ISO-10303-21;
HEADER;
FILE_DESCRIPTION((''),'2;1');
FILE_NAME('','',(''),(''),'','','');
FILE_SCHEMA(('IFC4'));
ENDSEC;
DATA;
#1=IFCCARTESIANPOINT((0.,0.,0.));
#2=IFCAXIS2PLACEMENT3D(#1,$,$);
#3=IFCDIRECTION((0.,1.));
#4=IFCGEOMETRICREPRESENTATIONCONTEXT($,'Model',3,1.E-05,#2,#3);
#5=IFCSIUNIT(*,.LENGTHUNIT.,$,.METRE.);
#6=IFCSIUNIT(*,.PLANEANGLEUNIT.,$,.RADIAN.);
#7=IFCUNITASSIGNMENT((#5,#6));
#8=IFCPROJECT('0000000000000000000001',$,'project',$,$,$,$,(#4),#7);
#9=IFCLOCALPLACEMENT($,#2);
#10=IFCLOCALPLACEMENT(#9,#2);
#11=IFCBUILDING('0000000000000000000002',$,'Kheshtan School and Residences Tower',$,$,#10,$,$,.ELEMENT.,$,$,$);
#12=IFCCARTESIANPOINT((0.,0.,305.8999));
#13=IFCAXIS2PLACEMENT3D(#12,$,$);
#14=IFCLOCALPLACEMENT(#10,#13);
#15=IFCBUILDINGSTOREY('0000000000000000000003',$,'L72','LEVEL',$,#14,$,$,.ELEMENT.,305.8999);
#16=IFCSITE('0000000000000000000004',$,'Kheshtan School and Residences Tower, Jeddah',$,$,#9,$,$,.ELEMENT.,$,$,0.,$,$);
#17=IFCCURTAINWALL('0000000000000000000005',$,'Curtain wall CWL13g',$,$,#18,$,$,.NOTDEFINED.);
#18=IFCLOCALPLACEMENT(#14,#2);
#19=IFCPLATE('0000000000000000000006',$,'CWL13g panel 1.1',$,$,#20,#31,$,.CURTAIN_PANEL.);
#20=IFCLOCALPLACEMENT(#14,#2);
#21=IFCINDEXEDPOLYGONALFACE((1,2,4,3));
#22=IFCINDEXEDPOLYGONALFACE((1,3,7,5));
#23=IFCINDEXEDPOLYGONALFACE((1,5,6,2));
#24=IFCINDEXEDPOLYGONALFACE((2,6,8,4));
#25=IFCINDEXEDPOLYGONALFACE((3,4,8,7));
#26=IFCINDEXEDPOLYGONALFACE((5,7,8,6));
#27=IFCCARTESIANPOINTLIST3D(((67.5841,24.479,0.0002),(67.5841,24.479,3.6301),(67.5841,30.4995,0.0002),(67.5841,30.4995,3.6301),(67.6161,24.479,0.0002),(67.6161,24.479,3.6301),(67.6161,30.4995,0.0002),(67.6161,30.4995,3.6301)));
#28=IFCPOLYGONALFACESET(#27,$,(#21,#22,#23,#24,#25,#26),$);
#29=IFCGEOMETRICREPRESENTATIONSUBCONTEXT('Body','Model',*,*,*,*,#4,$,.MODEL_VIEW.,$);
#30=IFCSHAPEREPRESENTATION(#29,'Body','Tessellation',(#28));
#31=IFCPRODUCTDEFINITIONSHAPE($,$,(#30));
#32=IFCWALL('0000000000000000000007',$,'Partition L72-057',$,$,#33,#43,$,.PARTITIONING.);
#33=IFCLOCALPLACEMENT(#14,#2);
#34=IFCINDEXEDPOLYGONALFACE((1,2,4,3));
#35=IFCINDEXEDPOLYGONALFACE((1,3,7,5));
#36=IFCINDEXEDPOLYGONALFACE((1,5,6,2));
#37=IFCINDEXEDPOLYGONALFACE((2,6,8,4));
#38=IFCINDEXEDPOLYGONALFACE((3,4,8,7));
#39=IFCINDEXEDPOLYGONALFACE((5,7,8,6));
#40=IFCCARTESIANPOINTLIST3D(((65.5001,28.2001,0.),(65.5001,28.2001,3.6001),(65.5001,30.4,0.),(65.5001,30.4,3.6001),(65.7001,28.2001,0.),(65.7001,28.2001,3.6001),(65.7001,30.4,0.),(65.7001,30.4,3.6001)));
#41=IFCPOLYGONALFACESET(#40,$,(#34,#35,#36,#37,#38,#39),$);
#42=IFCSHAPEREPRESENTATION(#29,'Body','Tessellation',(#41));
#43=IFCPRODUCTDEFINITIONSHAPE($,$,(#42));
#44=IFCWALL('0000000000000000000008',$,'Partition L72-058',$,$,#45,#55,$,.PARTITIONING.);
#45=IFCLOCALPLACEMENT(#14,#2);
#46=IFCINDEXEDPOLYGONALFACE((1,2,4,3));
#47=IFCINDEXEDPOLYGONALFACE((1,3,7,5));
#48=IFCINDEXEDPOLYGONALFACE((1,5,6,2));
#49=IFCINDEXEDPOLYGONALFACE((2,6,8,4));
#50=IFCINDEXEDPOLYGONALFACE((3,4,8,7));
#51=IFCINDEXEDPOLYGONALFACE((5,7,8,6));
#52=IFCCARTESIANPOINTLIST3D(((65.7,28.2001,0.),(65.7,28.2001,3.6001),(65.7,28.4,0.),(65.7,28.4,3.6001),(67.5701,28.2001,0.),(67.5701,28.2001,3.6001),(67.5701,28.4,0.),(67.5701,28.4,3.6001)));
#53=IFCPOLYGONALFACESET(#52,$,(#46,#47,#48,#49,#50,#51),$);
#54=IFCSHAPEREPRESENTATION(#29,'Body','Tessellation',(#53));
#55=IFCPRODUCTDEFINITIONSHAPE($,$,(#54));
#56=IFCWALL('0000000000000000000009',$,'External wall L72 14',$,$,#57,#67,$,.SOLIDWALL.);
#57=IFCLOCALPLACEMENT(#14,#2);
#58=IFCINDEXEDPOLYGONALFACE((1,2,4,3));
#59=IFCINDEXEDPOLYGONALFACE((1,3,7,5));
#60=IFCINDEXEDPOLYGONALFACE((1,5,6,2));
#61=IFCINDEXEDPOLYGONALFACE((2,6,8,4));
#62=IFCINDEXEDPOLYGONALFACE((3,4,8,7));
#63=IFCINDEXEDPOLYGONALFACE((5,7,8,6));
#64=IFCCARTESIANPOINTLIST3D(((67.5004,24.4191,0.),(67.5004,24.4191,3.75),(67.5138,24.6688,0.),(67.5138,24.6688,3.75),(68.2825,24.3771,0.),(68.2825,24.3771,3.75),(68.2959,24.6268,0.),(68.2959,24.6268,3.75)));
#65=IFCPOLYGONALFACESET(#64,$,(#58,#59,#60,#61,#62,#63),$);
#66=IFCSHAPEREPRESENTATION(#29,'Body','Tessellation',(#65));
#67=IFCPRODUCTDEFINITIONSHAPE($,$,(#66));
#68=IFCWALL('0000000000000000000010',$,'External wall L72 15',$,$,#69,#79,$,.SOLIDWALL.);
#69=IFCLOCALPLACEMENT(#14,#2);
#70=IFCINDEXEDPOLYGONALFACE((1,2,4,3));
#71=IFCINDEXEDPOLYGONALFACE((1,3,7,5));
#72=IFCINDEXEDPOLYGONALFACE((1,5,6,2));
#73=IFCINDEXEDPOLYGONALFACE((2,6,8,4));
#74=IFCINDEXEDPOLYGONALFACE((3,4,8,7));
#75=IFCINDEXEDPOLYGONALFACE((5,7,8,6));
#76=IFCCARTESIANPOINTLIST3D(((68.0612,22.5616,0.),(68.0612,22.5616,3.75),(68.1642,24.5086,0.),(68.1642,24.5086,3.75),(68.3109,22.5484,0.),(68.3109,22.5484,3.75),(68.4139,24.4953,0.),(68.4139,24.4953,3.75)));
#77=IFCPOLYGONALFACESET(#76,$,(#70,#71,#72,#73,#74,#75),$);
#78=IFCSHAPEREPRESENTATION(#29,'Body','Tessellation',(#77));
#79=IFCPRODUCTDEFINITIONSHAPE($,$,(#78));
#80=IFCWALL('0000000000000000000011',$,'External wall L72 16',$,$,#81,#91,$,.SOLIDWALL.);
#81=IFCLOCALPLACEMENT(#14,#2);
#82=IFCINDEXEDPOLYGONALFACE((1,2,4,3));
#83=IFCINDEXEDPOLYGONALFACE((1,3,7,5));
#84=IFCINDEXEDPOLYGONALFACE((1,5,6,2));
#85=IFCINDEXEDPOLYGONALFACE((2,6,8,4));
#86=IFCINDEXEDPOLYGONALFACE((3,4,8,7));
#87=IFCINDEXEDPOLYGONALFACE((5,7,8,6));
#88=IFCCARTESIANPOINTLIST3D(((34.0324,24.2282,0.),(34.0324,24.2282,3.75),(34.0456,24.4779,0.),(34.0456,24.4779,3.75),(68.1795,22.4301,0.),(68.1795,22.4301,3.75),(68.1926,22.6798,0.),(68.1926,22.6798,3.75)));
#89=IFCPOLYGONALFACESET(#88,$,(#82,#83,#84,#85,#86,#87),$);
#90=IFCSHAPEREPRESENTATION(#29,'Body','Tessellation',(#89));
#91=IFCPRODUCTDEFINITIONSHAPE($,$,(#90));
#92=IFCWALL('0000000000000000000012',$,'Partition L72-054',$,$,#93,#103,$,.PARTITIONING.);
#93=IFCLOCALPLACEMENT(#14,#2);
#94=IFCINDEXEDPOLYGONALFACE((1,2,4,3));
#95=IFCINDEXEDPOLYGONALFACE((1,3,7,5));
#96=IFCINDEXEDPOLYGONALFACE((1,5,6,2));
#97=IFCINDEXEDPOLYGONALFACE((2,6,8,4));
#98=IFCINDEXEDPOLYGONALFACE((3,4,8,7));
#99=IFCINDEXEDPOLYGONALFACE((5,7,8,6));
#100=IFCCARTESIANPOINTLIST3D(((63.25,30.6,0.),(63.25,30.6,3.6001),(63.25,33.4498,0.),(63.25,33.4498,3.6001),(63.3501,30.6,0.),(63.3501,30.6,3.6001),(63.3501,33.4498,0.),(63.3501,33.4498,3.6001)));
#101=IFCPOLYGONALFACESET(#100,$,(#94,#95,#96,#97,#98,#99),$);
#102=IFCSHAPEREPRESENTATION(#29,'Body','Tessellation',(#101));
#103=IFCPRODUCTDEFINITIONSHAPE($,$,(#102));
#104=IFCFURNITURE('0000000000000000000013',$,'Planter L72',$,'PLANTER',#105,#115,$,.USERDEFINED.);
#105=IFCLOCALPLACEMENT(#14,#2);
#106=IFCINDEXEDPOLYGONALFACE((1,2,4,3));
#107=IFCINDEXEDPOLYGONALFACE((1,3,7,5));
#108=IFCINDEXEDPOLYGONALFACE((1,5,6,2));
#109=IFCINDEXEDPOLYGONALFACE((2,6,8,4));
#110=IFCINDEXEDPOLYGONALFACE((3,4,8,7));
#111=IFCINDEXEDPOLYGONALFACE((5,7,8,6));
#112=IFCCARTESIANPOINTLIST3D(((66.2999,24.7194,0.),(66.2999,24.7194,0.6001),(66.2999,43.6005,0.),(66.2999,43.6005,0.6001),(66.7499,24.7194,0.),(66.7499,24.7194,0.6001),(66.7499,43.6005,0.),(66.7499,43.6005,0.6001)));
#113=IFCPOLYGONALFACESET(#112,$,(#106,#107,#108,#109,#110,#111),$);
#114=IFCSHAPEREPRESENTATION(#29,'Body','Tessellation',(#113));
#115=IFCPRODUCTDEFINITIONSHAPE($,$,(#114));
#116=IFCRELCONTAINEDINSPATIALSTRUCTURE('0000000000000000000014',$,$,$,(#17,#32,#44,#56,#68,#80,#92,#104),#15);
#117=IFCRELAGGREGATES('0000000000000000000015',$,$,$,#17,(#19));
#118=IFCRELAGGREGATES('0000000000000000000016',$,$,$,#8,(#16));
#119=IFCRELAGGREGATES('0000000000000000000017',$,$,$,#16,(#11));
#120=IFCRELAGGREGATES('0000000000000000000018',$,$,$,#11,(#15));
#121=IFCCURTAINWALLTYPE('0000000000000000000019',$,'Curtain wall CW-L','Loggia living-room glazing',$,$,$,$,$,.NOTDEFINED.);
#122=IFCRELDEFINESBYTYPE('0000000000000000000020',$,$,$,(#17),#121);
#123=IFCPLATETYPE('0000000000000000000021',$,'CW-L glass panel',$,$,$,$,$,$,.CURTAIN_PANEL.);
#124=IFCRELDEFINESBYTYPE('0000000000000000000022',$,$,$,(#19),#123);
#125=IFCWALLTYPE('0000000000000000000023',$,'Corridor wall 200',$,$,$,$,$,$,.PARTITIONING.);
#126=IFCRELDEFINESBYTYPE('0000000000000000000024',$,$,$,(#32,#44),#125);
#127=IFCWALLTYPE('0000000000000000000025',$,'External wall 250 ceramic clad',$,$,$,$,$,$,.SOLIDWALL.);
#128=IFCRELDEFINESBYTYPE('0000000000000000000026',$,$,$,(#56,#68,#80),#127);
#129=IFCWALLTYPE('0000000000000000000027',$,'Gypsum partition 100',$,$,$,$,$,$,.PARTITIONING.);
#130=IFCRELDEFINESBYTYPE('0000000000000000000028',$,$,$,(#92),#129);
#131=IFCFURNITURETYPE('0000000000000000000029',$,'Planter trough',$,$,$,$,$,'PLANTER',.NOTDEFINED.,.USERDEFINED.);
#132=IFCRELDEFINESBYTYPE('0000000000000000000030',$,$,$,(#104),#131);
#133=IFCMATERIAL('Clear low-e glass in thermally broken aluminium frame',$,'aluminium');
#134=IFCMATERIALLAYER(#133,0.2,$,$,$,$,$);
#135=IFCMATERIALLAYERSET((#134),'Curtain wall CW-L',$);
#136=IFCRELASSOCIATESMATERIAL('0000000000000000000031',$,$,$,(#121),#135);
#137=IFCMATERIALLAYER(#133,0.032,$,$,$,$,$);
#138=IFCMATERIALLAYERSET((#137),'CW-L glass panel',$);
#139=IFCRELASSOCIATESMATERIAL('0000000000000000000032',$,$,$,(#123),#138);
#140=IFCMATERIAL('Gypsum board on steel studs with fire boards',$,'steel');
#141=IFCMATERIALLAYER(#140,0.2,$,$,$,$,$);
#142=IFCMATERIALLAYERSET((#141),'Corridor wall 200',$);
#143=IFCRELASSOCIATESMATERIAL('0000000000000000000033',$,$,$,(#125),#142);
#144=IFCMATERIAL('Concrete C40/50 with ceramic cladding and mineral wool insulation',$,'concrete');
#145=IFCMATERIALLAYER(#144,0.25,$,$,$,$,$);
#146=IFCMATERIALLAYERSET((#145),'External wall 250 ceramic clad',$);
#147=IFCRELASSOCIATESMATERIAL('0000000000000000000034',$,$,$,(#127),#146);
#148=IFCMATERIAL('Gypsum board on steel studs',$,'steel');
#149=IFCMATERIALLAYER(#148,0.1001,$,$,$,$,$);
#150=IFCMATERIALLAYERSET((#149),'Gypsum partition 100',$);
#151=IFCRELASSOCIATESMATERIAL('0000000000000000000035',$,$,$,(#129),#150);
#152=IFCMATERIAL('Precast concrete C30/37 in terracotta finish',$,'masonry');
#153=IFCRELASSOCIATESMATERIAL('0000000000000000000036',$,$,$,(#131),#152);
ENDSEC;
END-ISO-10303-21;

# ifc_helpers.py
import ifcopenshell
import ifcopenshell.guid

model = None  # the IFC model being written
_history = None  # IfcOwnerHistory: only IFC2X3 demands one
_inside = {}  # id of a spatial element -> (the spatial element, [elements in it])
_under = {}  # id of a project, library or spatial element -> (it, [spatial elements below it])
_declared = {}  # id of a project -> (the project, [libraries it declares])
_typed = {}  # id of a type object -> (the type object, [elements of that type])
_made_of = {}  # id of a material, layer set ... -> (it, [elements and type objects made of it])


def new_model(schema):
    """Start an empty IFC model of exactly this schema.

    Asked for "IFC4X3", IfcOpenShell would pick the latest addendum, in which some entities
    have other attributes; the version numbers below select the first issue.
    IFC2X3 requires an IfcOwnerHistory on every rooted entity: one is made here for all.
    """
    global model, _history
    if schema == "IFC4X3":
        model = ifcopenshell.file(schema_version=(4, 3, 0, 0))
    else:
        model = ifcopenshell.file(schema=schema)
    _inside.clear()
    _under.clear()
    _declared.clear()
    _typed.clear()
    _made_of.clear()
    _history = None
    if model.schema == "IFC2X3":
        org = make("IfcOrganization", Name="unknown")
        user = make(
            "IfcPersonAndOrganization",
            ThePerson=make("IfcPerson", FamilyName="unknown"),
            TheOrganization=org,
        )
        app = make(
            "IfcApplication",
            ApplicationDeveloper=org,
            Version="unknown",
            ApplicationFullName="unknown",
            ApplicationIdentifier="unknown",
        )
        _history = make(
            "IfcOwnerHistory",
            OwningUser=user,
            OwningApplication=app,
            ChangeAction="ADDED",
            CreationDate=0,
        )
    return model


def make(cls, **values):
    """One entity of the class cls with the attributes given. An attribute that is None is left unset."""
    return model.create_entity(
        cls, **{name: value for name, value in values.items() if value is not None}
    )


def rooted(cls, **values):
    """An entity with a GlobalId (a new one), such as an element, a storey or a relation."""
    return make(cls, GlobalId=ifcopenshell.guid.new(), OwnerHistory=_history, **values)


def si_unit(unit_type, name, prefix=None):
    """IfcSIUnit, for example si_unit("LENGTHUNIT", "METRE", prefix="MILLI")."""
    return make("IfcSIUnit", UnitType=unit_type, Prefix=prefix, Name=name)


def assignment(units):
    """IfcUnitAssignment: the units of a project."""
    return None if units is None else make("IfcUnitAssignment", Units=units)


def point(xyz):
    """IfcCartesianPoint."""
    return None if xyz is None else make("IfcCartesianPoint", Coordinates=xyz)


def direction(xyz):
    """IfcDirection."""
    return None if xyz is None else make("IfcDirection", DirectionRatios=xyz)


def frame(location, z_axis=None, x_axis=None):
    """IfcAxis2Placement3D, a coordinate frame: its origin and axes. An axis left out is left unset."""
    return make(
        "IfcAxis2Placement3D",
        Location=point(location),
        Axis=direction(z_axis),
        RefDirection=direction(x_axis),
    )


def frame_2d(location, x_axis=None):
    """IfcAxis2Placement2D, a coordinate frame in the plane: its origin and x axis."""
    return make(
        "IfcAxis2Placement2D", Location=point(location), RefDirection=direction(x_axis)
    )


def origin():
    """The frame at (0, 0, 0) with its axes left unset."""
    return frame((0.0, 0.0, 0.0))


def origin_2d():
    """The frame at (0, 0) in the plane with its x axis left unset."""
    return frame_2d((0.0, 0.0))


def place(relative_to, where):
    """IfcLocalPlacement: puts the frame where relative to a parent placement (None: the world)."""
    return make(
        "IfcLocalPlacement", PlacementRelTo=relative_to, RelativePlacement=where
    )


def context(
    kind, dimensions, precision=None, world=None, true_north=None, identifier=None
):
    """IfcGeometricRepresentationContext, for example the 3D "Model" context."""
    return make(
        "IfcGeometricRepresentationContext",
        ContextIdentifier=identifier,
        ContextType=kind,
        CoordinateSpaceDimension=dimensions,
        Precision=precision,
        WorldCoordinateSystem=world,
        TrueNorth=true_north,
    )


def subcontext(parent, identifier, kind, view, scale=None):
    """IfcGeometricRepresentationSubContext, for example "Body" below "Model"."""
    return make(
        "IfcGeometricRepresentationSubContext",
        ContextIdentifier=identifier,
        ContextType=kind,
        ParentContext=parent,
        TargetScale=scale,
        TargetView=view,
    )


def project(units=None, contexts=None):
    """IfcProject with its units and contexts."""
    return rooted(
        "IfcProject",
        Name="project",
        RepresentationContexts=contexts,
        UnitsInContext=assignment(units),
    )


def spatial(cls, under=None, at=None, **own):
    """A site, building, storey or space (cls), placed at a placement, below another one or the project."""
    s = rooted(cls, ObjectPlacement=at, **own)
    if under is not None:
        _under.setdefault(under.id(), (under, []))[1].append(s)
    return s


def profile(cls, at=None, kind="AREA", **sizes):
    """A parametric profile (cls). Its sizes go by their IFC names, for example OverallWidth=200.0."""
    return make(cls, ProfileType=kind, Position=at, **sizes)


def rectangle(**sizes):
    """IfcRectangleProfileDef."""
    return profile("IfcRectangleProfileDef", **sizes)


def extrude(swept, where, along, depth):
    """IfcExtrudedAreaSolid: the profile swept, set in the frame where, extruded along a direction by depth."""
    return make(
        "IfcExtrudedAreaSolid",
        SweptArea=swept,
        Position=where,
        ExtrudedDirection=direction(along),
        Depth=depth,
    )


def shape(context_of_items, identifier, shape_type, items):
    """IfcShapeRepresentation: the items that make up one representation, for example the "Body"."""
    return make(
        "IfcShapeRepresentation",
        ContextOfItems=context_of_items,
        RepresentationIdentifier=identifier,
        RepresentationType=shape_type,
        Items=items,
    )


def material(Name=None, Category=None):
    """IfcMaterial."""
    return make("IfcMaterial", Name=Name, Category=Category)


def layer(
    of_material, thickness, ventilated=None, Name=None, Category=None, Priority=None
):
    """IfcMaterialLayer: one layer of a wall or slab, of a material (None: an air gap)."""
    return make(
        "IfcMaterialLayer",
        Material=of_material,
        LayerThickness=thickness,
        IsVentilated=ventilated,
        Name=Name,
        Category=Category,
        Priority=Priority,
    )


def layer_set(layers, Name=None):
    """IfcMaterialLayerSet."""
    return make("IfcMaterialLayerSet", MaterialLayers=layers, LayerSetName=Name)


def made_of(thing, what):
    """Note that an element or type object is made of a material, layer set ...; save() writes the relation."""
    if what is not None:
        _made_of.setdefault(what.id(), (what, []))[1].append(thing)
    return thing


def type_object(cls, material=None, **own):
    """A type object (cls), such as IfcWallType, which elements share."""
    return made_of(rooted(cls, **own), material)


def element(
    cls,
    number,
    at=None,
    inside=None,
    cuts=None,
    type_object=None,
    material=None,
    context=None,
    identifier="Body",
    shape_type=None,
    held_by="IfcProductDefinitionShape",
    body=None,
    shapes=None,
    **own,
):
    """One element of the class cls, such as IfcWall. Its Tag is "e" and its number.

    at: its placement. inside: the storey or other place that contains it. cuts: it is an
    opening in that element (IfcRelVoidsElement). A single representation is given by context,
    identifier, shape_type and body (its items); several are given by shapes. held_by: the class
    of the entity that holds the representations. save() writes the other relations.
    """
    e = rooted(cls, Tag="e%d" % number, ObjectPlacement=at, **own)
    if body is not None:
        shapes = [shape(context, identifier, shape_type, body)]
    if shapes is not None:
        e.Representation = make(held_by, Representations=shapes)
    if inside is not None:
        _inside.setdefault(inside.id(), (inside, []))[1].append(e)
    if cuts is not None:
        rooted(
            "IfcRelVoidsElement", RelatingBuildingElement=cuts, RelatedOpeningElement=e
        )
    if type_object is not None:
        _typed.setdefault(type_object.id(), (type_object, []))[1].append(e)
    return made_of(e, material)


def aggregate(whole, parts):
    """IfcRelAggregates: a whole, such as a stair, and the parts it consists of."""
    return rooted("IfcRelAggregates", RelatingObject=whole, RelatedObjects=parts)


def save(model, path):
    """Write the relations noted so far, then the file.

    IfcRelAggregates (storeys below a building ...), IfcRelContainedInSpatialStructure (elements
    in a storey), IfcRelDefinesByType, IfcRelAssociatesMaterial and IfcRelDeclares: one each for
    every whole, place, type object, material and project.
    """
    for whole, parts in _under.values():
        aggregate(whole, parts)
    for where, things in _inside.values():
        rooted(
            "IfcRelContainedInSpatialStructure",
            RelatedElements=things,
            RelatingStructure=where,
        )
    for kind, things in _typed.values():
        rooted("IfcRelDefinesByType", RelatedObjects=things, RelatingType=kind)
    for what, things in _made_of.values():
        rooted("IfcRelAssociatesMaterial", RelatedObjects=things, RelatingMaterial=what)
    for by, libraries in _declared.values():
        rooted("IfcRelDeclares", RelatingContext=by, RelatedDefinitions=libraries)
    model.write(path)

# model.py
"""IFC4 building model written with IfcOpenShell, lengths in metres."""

from ifc_helpers import new_model, si_unit, direction, frame, frame_2d, origin, origin_2d, place, context, subcontext, project, spatial, rectangle, extrude, material, layer, layer_set, type_object, element, aggregate, save


model = new_model("IFC4")

# Units and contexts
model_context = context("Model", 3, precision=1e-05, world=origin(), true_north=direction((0.0, 1.0)))
body_context = subcontext(model_context, "Body", "Model", "MODEL_VIEW")
ifc_project = project(units=[si_unit("LENGTHUNIT", "METRE"), si_unit("PLANEANGLEUNIT", "RADIAN")], contexts=[model_context])

# Site, building, storey
site_placement = place(None, origin())
site = spatial("IfcSite", under=ifc_project, at=site_placement, Name="Kheshtan School and Residences Tower, Jeddah", CompositionType="ELEMENT", RefElevation=0.0)
building_placement = place(site_placement, origin())
building = spatial("IfcBuilding", under=site, at=building_placement, Name="Kheshtan School and Residences Tower", CompositionType="ELEMENT")
storey_placement = place(building_placement, frame((0.0, 0.0, 305.8999)))
storey = spatial("IfcBuildingStorey", under=building, at=storey_placement, Name="L72", Description="LEVEL", CompositionType="ELEMENT", Elevation=305.8999)

# Shared definitions
ifc_material_1 = material(Name="Clear low-e glass in thermally broken aluminium frame", Category="aluminium")
ifc_layer_1 = layer(ifc_material_1, 0.2)
ifc_layer_set_1 = layer_set([ifc_layer_1], Name="Curtain wall CW-L")
curtain_wall_type = type_object("IfcCurtainWallType", Name="Curtain wall CW-L", Description="Loggia living-room glazing", PredefinedType="NOTDEFINED", material=ifc_layer_set_1)

# Curtain wall
curtain_wall_1_placement = place(storey_placement, origin())
curtain_wall_1 = element("IfcCurtainWall", 1, at=curtain_wall_1_placement, inside=storey, type_object=curtain_wall_type, Name="Curtain wall CWL13g", PredefinedType="NOTDEFINED")

# Plate
ifc_layer_2 = layer(ifc_material_1, 0.032)
ifc_layer_set_2 = layer_set([ifc_layer_2], Name="CW-L glass panel")
plate_type = type_object("IfcPlateType", Name="CW-L glass panel", PredefinedType="CURTAIN_PANEL", material=ifc_layer_set_2)
plate_1_placement = place(storey_placement, frame((67.6001, 27.4893, 0.0002), z_axis=(0.0, 0.0, 1.0), x_axis=(0.0, -1.0, 0.0)))
plate_1 = element("IfcPlate", 2, at=plate_1_placement, type_object=plate_type, Name="CWL13g panel 1.1", PredefinedType="CURTAIN_PANEL", context=body_context, shape_type="SweptSolid", body=[
    extrude(rectangle(XDim=6.0205, YDim=0.032, at=origin_2d()), origin(), (0.0, 0.0, 1.0), 3.6299),
])
aggregate(curtain_wall_1, [plate_1])

# Walls
ifc_material_2 = material(Name="Gypsum board on steel studs with fire boards", Category="steel")
ifc_layer_3 = layer(ifc_material_2, 0.2)
ifc_layer_set_3 = layer_set([ifc_layer_3], Name="Corridor wall 200")
wall_type_1 = type_object("IfcWallType", Name="Corridor wall 200", PredefinedType="PARTITIONING", material=ifc_layer_set_3)
wall_1_placement = place(storey_placement, frame((65.6001, 28.2, 0.0), z_axis=(0.0, 0.0, 1.0), x_axis=(0.0, 1.0, 0.0)))
element("IfcWall", 3, at=wall_1_placement, inside=storey, type_object=wall_type_1, Name="Partition L72-057", PredefinedType="PARTITIONING", context=body_context, shape_type="SweptSolid", body=[
    extrude(rectangle(XDim=2.2, YDim=0.2, at=frame_2d((1.1001, 0.0))), origin(), (0.0, 0.0, 1.0), 3.6001),
])
wall_2_placement = place(storey_placement, frame((65.7, 28.3, 0.0), z_axis=(0.0, 0.0, 1.0), x_axis=(1.0, 0.0, 0.0)))
element("IfcWall", 4, at=wall_2_placement, inside=storey, type_object=wall_type_1, Name="Partition L72-058", PredefinedType="PARTITIONING", context=body_context, shape_type="SweptSolid", body=[
    extrude(rectangle(XDim=1.8701, YDim=0.2, at=frame_2d((0.9351, 0.0))), origin(), (0.0, 0.0, 1.0), 3.6001),
])
ifc_material_3 = material(Name="Concrete C40/50 with ceramic cladding and mineral wool insulation", Category="concrete")
ifc_layer_4 = layer(ifc_material_3, 0.25)
ifc_layer_set_4 = layer_set([ifc_layer_4], Name="External wall 250 ceramic clad")
wall_type_2 = type_object("IfcWallType", Name="External wall 250 ceramic clad", PredefinedType="SOLIDWALL", material=ifc_layer_set_4)
wall_3_placement = place(storey_placement, frame((67.5071, 24.5439, 0.0), z_axis=(0.0, 0.0, 1.0), x_axis=(0.998561, -0.053622, 0.0)))
element("IfcWall", 5, at=wall_3_placement, inside=storey, type_object=wall_type_2, Name="External wall L72 14", PredefinedType="SOLIDWALL", context=body_context, shape_type="SweptSolid", body=[
    extrude(rectangle(XDim=0.7832, YDim=0.25, at=frame_2d((0.3916, 0.0))), origin(), (0.0, 0.0, 1.0), 3.75),
])
wall_4_placement = place(storey_placement, frame((68.2891, 24.502, 0.0), z_axis=(0.0, 0.0, 1.0), x_axis=(-0.052841, -0.998603, 0.0)))
element("IfcWall", 6, at=wall_4_placement, inside=storey, type_object=wall_type_2, Name="External wall L72 15", PredefinedType="SOLIDWALL", context=body_context, shape_type="SweptSolid", body=[
    extrude(rectangle(XDim=1.9497, YDim=0.25, at=frame_2d((0.9749, 0.0))), origin(), (0.0, 0.0, 1.0), 3.75),
])
wall_5_placement = place(storey_placement, frame((68.186, 22.5549, 0.0), z_axis=(0.0, 0.0, 1.0), x_axis=(-0.998616, 0.052585, 0.0)))
element("IfcWall", 7, at=wall_5_placement, inside=storey, type_object=wall_type_2, Name="External wall L72 16", PredefinedType="SOLIDWALL", context=body_context, shape_type="SweptSolid", body=[
    extrude(rectangle(XDim=34.1943, YDim=0.25, at=frame_2d((17.0972, 0.0))), origin(), (0.0, 0.0, 1.0), 3.75),
])

# Wall
ifc_material_4 = material(Name="Gypsum board on steel studs", Category="steel")
ifc_layer_5 = layer(ifc_material_4, 0.1001)
ifc_layer_set_5 = layer_set([ifc_layer_5], Name="Gypsum partition 100")
wall_type_3 = type_object("IfcWallType", Name="Gypsum partition 100", PredefinedType="PARTITIONING", material=ifc_layer_set_5)
wall_6_placement = place(storey_placement, frame((63.3, 30.6001, 0.0), z_axis=(0.0, 0.0, 1.0), x_axis=(0.0, 1.0, 0.0)))
element("IfcWall", 8, at=wall_6_placement, inside=storey, type_object=wall_type_3, Name="Partition L72-054", PredefinedType="PARTITIONING", context=body_context, shape_type="SweptSolid", body=[
    extrude(rectangle(XDim=2.8499, YDim=0.1001, at=frame_2d((1.4248, 0.0))), origin(), (0.0, 0.0, 1.0), 3.6001),
])

# Furniture
ifc_material_5 = material(Name="Precast concrete C30/37 in terracotta finish", Category="masonry")
furniture_type = type_object("IfcFurnitureType", Name="Planter trough", ElementType="PLANTER", AssemblyPlace="NOTDEFINED", PredefinedType="USERDEFINED", material=ifc_material_5)
furniture_placement = place(storey_placement, frame((66.5249, 34.1599, 0.0), z_axis=(0.0, 0.0, 1.0), x_axis=(0.0, -1.0, 0.0)))
element("IfcFurniture", 9, at=furniture_placement, inside=storey, type_object=furniture_type, Name="Planter L72", ObjectType="PLANTER", PredefinedType="USERDEFINED", context=body_context, shape_type="SweptSolid", body=[
    extrude(rectangle(XDim=18.8811, YDim=0.45, at=origin_2d()), origin(), (0.0, 0.0, 1.0), 0.6001),
])

save(model, "model.ifc")
